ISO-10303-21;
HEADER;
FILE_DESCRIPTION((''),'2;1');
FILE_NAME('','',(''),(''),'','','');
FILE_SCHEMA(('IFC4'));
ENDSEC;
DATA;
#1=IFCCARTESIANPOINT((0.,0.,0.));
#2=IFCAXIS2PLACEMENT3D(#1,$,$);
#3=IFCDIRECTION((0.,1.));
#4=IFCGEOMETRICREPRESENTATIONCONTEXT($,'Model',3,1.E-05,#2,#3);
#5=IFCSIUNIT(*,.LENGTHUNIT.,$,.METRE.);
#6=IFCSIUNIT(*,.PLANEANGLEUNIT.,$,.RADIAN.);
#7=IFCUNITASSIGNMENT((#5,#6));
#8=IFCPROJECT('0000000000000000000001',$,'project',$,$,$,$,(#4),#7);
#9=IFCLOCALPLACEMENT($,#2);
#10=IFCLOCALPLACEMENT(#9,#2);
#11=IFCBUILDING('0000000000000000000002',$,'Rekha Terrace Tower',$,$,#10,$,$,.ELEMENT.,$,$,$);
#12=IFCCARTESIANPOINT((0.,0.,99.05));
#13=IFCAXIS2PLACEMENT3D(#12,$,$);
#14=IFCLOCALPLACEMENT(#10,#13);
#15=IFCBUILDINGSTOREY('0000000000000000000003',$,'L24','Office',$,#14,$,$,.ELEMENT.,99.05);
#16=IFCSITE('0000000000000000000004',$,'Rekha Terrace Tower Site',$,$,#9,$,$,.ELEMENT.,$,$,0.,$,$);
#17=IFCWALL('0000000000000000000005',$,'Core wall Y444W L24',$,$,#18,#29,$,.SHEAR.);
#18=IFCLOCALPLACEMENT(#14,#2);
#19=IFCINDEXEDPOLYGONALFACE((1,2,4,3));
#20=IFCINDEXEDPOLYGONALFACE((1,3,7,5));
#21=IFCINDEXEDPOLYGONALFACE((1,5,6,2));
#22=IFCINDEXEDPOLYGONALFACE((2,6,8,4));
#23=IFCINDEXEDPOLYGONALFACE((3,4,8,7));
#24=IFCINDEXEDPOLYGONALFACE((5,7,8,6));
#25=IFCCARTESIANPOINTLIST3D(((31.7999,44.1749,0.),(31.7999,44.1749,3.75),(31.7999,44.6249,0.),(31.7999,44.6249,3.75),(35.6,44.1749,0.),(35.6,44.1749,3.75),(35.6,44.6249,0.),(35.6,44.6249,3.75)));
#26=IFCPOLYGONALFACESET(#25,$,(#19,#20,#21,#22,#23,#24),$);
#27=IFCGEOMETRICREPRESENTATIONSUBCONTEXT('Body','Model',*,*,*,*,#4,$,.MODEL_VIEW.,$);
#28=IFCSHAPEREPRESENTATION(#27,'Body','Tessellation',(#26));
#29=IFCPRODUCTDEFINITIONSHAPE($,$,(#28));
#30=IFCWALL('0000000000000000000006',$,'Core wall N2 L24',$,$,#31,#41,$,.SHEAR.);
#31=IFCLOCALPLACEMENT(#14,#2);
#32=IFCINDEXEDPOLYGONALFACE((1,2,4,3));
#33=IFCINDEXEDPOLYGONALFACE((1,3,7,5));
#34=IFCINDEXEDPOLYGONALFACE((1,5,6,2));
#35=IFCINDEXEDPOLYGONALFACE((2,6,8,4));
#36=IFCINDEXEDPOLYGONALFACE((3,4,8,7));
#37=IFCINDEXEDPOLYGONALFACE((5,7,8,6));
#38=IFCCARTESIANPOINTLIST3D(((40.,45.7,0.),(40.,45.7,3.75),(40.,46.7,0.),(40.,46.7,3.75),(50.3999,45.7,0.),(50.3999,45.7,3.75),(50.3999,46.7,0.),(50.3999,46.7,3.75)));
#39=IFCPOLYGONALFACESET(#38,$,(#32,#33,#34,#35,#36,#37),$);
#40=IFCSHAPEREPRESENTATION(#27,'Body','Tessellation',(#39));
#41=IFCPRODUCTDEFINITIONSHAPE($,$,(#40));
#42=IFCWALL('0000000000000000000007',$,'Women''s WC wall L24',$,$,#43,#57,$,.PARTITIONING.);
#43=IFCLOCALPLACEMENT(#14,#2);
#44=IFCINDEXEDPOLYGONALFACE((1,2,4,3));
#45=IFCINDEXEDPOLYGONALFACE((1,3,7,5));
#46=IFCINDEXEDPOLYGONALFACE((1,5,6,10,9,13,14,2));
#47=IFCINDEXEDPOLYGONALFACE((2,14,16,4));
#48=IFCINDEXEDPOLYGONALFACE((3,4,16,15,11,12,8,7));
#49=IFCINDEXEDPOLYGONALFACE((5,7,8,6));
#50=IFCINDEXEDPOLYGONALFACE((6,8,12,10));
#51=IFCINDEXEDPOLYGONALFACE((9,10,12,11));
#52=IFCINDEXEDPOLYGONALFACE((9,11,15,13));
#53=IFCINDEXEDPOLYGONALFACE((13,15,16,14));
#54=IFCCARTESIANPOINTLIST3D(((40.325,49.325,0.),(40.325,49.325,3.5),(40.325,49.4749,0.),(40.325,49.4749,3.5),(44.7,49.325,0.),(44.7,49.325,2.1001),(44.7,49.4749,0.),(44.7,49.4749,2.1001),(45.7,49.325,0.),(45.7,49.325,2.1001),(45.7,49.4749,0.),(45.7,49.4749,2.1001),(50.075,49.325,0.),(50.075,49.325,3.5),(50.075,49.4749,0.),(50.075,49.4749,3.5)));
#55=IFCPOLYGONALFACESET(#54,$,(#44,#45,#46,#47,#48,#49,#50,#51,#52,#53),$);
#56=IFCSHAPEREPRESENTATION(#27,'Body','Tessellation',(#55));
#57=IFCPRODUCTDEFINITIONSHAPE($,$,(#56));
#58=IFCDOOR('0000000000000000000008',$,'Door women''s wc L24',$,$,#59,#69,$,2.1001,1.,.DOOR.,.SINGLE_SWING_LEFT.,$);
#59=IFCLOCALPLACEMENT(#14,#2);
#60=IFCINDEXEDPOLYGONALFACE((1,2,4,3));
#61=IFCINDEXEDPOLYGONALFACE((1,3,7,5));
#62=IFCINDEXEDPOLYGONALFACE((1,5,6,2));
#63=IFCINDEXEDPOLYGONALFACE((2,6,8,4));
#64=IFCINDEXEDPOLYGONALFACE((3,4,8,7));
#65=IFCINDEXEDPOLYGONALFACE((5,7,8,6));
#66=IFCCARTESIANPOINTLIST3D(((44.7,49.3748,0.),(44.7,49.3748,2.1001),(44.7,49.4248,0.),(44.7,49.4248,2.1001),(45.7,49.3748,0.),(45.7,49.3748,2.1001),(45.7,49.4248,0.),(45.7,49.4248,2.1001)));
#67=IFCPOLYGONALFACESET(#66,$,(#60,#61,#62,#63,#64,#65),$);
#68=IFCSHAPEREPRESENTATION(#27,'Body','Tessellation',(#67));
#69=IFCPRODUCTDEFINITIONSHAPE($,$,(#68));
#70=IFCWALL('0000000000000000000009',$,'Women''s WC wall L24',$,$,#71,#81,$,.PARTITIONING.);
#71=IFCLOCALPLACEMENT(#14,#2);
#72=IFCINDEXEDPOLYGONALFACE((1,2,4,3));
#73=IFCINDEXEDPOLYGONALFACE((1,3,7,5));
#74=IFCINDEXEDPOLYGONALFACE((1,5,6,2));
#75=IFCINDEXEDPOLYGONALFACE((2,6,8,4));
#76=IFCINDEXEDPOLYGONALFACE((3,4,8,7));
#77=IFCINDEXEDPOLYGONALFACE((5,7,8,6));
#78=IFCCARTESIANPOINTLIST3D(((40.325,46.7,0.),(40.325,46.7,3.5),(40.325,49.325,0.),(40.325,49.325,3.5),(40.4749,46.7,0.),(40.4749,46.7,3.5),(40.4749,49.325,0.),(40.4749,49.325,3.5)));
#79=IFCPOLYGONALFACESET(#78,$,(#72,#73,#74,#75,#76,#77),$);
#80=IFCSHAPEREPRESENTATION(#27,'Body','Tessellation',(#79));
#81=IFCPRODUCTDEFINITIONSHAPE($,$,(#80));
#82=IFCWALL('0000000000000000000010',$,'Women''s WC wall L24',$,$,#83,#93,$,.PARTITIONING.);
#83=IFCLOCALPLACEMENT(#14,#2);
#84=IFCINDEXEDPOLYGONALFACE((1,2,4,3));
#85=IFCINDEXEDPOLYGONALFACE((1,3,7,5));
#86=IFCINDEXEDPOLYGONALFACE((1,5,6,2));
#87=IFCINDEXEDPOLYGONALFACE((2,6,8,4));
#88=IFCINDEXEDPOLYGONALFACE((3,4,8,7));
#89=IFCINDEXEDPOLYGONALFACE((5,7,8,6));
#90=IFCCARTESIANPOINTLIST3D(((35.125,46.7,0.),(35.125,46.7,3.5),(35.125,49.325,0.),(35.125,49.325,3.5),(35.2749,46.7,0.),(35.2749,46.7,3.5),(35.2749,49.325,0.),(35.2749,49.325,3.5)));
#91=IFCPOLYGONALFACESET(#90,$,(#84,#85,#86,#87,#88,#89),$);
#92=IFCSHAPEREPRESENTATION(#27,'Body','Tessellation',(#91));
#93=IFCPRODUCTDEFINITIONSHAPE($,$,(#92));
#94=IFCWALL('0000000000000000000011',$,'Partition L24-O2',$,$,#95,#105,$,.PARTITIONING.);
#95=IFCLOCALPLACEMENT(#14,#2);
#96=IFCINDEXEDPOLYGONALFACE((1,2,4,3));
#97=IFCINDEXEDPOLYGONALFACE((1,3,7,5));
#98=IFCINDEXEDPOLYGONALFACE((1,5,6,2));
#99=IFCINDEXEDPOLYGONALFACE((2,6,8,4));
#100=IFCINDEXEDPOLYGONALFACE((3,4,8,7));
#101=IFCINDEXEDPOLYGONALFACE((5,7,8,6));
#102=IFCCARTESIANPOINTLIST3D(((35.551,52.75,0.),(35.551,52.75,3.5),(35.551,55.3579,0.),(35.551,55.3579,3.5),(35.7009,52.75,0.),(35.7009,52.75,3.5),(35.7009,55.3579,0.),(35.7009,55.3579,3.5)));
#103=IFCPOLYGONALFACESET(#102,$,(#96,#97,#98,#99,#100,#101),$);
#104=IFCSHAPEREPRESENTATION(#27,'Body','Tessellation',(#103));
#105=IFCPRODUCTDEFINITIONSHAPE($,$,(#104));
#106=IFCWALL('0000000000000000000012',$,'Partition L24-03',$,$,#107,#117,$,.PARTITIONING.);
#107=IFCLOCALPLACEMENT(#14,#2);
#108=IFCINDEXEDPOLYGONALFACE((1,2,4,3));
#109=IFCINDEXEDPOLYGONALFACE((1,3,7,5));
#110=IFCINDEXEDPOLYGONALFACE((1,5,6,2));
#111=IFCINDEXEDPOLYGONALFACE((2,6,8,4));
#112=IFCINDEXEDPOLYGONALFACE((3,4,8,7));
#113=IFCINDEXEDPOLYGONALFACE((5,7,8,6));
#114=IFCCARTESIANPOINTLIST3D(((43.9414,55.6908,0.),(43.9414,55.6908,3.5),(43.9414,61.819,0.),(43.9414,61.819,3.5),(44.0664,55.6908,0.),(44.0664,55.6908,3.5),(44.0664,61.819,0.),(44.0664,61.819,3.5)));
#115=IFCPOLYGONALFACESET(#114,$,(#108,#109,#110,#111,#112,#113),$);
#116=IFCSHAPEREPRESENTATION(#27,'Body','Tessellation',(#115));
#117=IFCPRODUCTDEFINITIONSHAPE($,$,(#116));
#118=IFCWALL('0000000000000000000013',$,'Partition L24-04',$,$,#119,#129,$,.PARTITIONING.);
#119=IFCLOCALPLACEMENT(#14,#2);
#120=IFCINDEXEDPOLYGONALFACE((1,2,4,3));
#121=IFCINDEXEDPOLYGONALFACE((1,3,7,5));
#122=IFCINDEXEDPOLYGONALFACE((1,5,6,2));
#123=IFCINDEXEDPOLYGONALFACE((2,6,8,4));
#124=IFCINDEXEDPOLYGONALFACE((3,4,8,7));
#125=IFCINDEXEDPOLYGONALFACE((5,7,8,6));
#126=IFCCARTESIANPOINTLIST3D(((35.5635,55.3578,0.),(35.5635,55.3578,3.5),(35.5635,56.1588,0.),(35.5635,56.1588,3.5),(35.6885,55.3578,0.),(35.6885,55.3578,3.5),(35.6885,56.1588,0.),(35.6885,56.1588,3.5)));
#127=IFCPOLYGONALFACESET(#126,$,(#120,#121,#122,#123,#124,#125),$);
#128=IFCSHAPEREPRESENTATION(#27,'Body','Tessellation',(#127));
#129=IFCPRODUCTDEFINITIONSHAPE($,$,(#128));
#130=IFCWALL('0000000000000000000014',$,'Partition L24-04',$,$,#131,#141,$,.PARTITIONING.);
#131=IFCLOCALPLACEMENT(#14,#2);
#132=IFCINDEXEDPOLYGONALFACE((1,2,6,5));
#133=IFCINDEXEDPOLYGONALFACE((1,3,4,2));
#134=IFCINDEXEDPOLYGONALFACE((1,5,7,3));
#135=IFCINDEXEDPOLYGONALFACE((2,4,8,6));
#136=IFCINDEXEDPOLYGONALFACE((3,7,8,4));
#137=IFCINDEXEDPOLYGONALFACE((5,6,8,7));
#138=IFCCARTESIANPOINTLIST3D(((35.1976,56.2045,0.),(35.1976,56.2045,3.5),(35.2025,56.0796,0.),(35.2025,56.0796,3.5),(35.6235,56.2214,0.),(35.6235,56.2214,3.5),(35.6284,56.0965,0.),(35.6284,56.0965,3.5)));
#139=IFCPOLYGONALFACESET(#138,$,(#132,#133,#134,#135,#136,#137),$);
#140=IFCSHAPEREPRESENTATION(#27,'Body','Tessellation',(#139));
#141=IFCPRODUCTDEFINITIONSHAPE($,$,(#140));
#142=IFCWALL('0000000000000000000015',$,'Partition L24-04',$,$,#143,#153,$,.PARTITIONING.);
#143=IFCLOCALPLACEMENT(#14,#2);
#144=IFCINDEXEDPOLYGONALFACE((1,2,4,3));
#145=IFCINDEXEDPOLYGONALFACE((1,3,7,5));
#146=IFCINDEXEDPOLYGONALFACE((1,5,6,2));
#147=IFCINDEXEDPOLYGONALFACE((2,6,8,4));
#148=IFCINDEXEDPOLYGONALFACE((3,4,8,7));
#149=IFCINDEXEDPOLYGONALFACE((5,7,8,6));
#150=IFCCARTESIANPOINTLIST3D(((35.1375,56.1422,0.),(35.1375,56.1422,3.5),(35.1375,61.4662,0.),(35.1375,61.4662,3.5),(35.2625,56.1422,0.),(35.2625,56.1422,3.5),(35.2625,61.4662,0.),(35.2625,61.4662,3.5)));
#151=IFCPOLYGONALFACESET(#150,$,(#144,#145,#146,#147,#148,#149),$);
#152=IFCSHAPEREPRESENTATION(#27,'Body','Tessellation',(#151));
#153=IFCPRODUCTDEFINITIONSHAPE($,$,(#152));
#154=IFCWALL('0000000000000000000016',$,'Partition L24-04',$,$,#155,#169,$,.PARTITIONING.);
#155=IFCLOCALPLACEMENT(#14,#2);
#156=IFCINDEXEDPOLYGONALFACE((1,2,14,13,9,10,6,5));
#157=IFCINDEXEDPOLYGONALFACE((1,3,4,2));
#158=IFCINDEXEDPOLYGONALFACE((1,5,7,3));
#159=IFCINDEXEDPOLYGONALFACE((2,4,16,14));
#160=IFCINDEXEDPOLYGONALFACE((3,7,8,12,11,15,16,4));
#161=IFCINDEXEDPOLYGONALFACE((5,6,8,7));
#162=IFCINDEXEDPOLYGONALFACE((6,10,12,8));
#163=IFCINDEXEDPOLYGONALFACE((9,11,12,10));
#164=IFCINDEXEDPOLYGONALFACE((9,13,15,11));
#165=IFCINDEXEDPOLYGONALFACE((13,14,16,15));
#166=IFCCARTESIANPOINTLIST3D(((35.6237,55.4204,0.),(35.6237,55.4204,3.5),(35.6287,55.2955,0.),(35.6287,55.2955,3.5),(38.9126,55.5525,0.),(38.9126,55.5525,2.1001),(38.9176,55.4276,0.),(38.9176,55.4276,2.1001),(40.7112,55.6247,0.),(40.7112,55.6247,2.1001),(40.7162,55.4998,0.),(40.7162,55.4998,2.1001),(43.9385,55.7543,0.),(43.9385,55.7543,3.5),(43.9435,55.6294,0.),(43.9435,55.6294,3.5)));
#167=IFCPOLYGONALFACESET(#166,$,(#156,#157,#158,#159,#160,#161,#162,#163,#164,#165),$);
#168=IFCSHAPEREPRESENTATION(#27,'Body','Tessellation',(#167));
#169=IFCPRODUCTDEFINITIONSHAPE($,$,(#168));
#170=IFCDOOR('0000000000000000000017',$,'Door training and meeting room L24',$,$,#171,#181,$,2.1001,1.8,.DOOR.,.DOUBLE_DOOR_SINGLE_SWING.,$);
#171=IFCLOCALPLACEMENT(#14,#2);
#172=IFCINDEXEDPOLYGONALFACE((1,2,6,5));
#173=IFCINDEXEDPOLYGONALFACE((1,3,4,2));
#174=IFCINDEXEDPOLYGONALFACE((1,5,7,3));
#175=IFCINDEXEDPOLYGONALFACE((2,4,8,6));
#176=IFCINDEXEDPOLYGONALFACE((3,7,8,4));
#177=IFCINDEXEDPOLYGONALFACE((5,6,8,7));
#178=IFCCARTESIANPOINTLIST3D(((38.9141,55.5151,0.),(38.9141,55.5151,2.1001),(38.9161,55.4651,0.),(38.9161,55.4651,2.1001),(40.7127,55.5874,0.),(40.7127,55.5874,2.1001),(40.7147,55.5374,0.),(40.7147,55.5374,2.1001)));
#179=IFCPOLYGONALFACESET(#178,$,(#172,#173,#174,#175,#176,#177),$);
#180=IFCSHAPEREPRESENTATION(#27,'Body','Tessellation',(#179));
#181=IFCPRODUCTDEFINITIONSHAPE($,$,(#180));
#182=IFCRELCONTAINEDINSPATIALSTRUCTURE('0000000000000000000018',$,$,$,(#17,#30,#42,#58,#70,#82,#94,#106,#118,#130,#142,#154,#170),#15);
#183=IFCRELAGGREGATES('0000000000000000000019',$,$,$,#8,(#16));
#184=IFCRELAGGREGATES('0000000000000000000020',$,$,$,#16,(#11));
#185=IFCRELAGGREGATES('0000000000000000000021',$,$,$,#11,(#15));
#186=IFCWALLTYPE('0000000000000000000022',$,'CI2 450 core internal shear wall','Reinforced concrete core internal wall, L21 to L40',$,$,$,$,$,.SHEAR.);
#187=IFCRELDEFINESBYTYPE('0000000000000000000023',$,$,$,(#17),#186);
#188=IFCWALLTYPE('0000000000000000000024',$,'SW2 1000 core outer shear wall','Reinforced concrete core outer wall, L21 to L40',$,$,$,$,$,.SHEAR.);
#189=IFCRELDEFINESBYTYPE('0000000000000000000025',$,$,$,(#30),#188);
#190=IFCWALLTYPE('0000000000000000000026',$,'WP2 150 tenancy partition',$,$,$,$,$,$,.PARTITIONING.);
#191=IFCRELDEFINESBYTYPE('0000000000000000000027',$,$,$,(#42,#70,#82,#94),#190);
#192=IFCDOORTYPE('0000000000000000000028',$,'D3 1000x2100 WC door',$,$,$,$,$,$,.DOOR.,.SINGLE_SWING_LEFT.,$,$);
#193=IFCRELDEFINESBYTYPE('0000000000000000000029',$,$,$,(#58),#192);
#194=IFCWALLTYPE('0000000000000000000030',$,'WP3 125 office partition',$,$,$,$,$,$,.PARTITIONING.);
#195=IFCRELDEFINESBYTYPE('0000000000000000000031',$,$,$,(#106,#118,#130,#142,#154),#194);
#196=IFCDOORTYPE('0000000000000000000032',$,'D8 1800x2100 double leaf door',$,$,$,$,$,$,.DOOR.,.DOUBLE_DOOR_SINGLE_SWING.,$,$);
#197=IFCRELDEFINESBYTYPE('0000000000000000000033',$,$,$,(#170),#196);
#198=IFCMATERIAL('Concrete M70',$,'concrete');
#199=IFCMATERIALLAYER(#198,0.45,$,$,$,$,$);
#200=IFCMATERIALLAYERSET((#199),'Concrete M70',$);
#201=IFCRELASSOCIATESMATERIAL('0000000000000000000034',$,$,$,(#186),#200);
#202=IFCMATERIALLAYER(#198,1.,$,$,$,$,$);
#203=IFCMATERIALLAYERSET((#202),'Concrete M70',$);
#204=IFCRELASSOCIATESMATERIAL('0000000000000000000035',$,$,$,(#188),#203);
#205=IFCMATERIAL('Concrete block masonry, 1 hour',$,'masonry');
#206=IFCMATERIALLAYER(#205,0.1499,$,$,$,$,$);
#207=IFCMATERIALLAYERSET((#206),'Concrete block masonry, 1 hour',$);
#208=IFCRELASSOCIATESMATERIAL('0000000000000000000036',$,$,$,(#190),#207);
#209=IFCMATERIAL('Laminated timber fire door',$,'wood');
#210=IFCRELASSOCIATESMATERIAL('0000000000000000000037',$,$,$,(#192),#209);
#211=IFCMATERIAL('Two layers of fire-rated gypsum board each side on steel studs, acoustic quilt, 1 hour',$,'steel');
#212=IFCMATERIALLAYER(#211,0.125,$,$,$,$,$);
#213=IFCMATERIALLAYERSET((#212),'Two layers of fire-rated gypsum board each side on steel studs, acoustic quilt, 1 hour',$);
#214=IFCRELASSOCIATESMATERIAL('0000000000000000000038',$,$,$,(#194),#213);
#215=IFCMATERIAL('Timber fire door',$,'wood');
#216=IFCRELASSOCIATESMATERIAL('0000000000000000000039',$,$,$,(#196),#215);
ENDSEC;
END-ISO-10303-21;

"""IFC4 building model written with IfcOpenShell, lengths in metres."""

from ifc_helpers import new_model, si_unit, direction, frame, frame_2d, origin, place, context, subcontext, project, spatial, rectangle, extrude, material, layer, layer_set, type_object, element, fill, save


model = new_model("IFC4")

# Units and contexts
model_context = context("Model", 3, precision=1e-05, world=origin(), true_north=direction((0.0, 1.0)))
body_context = subcontext(model_context, "Body", "Model", "MODEL_VIEW")
ifc_project = project(units=[si_unit("LENGTHUNIT", "METRE"), si_unit("PLANEANGLEUNIT", "RADIAN")], contexts=[model_context])

# Site, building, storey
site_placement = place(None, origin())
site = spatial("IfcSite", under=ifc_project, at=site_placement, Name="Rekha Terrace Tower Site", CompositionType="ELEMENT", RefElevation=0.0)
building_placement = place(site_placement, origin())
building = spatial("IfcBuilding", under=site, at=building_placement, Name="Rekha Terrace Tower", CompositionType="ELEMENT")
storey_placement = place(building_placement, frame((0.0, 0.0, 99.05)))
storey = spatial("IfcBuildingStorey", under=building, at=storey_placement, Name="L24", Description="Office", CompositionType="ELEMENT", Elevation=99.05)

# Shared definitions
ifc_material_1 = material(Name="Concrete M70", Category="concrete")

# Walls
ifc_layer_1 = layer(ifc_material_1, 0.45)
ifc_layer_set_1 = layer_set([ifc_layer_1], Name="Concrete M70")
wall_type_1 = type_object("IfcWallType", Name="CI2 450 core internal shear wall", Description="Reinforced concrete core internal wall, L21 to L40", PredefinedType="SHEAR", material=ifc_layer_set_1)
wall_1_placement = place(storey_placement, frame((31.8, 44.3999, 0.0), z_axis=(0.0, 0.0, 1.0), x_axis=(1.0, 0.0, 0.0)))
element("IfcWall", 1, at=wall_1_placement, inside=storey, type_object=wall_type_1, Name="Core wall Y444W L24", PredefinedType="SHEAR", context=body_context, shape_type="SweptSolid", body=[
    extrude(rectangle(XDim=3.8, YDim=0.45, at=frame_2d((1.8999, 0.0))), origin(), (0.0, 0.0, 1.0), 3.75),
])
ifc_layer_2 = layer(ifc_material_1, 1.0)
ifc_layer_set_2 = layer_set([ifc_layer_2], Name="Concrete M70")
wall_type_2 = type_object("IfcWallType", Name="SW2 1000 core outer shear wall", Description="Reinforced concrete core outer wall, L21 to L40", PredefinedType="SHEAR", material=ifc_layer_set_2)
wall_2_placement = place(storey_placement, frame((40.0, 46.2, 0.0), z_axis=(0.0, 0.0, 1.0), x_axis=(1.0, 0.0, 0.0)))
element("IfcWall", 2, at=wall_2_placement, inside=storey, type_object=wall_type_2, Name="Core wall N2 L24", PredefinedType="SHEAR", context=body_context, shape_type="SweptSolid", body=[
    extrude(rectangle(XDim=10.3999, YDim=1.0, at=frame_2d((5.2, 0.0))), origin(), (0.0, 0.0, 1.0), 3.75),
])

# Wall, opening, door
ifc_material_2 = material(Name="Concrete block masonry, 1 hour", Category="masonry")
ifc_layer_3 = layer(ifc_material_2, 0.1499)
ifc_layer_set_3 = layer_set([ifc_layer_3], Name="Concrete block masonry, 1 hour")
wall_type_3 = type_object("IfcWallType", Name="WP2 150 tenancy partition", PredefinedType="PARTITIONING", material=ifc_layer_set_3)
wall_3_placement = place(storey_placement, frame((40.325, 49.3999, 0.0), z_axis=(0.0, 0.0, 1.0), x_axis=(1.0, 0.0, 0.0)))
wall_3 = element("IfcWall", 3, at=wall_3_placement, inside=storey, type_object=wall_type_3, Name="Women's WC wall L24", PredefinedType="PARTITIONING", context=body_context, shape_type="SweptSolid", body=[
    extrude(rectangle(XDim=9.75, YDim=0.1499, at=frame_2d((4.875, 0.0))), origin(), (0.0, 0.0, 1.0), 3.5),
])
opening_1_placement = place(wall_3_placement, frame((4.375, 0.0, 0.0)))
opening_1 = element("IfcOpeningElement", 4, at=opening_1_placement, cuts=wall_3, PredefinedType="OPENING", context=body_context, shape_type="SweptSolid", body=[
    extrude(rectangle(XDim=1.0, YDim=2.1001, at=frame_2d((0.5, 1.05))), frame((0.0, 0.085, 0.0), z_axis=(0.0, -1.0, 0.0), x_axis=(1.0, 0.0, 0.0)), (0.0, 0.0, 1.0), 0.1699),
])
ifc_material_3 = material(Name="Laminated timber fire door", Category="wood")
door_type_1 = type_object("IfcDoorType", Name="D3 1000x2100 WC door", OperationType="SINGLE_SWING_LEFT", PredefinedType="DOOR", material=ifc_material_3)
door_1_placement = place(opening_1_placement, origin())
door_1 = element("IfcDoor", 5, at=door_1_placement, inside=storey, type_object=door_type_1, Name="Door women's wc L24", OperationType="SINGLE_SWING_LEFT", OverallHeight=2.1001, OverallWidth=1.0, PredefinedType="DOOR", context=body_context, shape_type="SweptSolid", body=[
    extrude(rectangle(XDim=1.0, YDim=2.1001, at=frame_2d((0.5, 1.05))), frame((0.0, 0.0249, 0.0), z_axis=(0.0, -1.0, 0.0), x_axis=(1.0, 0.0, 0.0)), (0.0, 0.0, 1.0), 0.05),
])
fill(opening_1, door_1)

# Walls
for number, where, z_axis, x_axis, name in (
    (6, (40.3999, 46.7, 0.0), (0.0, 0.0, 1.0), (0.0, 1.0, 0.0), "Women's WC wall L24"),
    (7, (35.2, 46.7, 0.0), (0.0, 0.0, 1.0), (0.0, 1.0, 0.0), "Women's WC wall L24"),
):
    element("IfcWall", number, at=place(storey_placement, frame(where, z_axis=z_axis, x_axis=x_axis)), inside=storey, type_object=wall_type_3, Name=name, PredefinedType="PARTITIONING", context=body_context, shape_type="SweptSolid", body=[
        extrude(rectangle(XDim=2.625, YDim=0.1499, at=frame_2d((1.3125, 0.0))), origin(), (0.0, 0.0, 1.0), 3.5),
    ])
wall_4_placement = place(storey_placement, frame((35.626, 52.75, 0.0), z_axis=(0.0, 0.0, 1.0), x_axis=(0.0, 1.0, 0.0)))
element("IfcWall", 8, at=wall_4_placement, inside=storey, type_object=wall_type_3, Name="Partition L24-O2", PredefinedType="PARTITIONING", context=body_context, shape_type="SweptSolid", body=[
    extrude(rectangle(XDim=2.6079, YDim=0.1499, at=frame_2d((1.304, 0.0))), origin(), (0.0, 0.0, 1.0), 3.5),
])
ifc_material_4 = material(Name="Two layers of fire-rated gypsum board each side on steel studs, acoustic quilt, 1 hour", Category="steel")
ifc_layer_4 = layer(ifc_material_4, 0.125)
ifc_layer_set_4 = layer_set([ifc_layer_4], Name="Two layers of fire-rated gypsum board each side on steel studs, acoustic quilt, 1 hour")
wall_type_4 = type_object("IfcWallType", Name="WP3 125 office partition", PredefinedType="PARTITIONING", material=ifc_layer_set_4)
wall_5_placement = place(storey_placement, frame((44.0039, 55.6909, 0.0), z_axis=(0.0, 0.0, 1.0), x_axis=(0.0, 1.0, 0.0)))
element("IfcWall", 9, at=wall_5_placement, inside=storey, type_object=wall_type_4, Name="Partition L24-03", PredefinedType="PARTITIONING", context=body_context, shape_type="SweptSolid", body=[
    extrude(rectangle(XDim=6.1282, YDim=0.125, at=frame_2d((3.064, 0.0))), origin(), (0.0, 0.0, 1.0), 3.5),
])
wall_6_placement = place(storey_placement, frame((35.626, 55.3579, 0.0), z_axis=(0.0, 0.0, 1.0), x_axis=(0.0, 1.0, 0.0)))
element("IfcWall", 10, at=wall_6_placement, inside=storey, type_object=wall_type_4, Name="Partition L24-04", PredefinedType="PARTITIONING", context=body_context, shape_type="SweptSolid", body=[
    extrude(rectangle(XDim=0.801, YDim=0.125, at=frame_2d((0.4004, 0.0))), origin(), (0.0, 0.0, 1.0), 3.5),
])
wall_7_placement = place(storey_placement, frame((35.626, 56.1589, 0.0), z_axis=(0.0, 0.0, 1.0), x_axis=(-0.999219, -0.039511, 0.0)))
element("IfcWall", 11, at=wall_7_placement, inside=storey, type_object=wall_type_4, Name="Partition L24-04", PredefinedType="PARTITIONING", context=body_context, shape_type="SweptSolid", body=[
    extrude(rectangle(XDim=0.4263, YDim=0.125, at=frame_2d((0.2131, 0.0))), origin(), (0.0, 0.0, 1.0), 3.5),
])
wall_8_placement = place(storey_placement, frame((35.2, 56.1421, 0.0), z_axis=(0.0, 0.0, 1.0), x_axis=(0.0, 1.0, 0.0)))
element("IfcWall", 12, at=wall_8_placement, inside=storey, type_object=wall_type_4, Name="Partition L24-04", PredefinedType="PARTITIONING", context=body_context, shape_type="SweptSolid", body=[
    extrude(rectangle(XDim=5.324, YDim=0.125, at=frame_2d((2.6621, 0.0))), origin(), (0.0, 0.0, 1.0), 3.5),
])

# Wall, opening, door
wall_9_placement = place(storey_placement, frame((43.9409, 55.6919, 0.0), z_axis=(0.0, 0.0, 1.0), x_axis=(-0.999194, -0.040134, 0.0)))
wall_9 = element("IfcWall", 13, at=wall_9_placement, inside=storey, type_object=wall_type_4, Name="Partition L24-04", PredefinedType="PARTITIONING", context=body_context, shape_type="SweptSolid", body=[
    extrude(rectangle(XDim=8.3215, YDim=0.125, at=frame_2d((4.1606, 0.0))), origin(), (0.0, 0.0, 1.0), 3.5),
])
opening_2_placement = place(wall_9_placement, frame((3.23, 0.0, 0.0)))
opening_2 = element("IfcOpeningElement", 14, at=opening_2_placement, cuts=wall_9, PredefinedType="OPENING", context=body_context, shape_type="SweptSolid", body=[
    extrude(rectangle(XDim=1.8, YDim=2.1001, at=frame_2d((0.8999, 1.05))), frame((0.0, 0.0725, 0.0), z_axis=(0.0, -1.0, 0.0), x_axis=(1.0, 0.0, 0.0)), (0.0, 0.0, 1.0), 0.145),
])
ifc_material_5 = material(Name="Timber fire door", Category="wood")
door_type_2 = type_object("IfcDoorType", Name="D8 1800x2100 double leaf door", OperationType="DOUBLE_DOOR_SINGLE_SWING", PredefinedType="DOOR", material=ifc_material_5)
door_2_placement = place(opening_2_placement, origin())
door_2 = element("IfcDoor", 15, at=door_2_placement, inside=storey, type_object=door_type_2, Name="Door training and meeting room L24", OperationType="DOUBLE_DOOR_SINGLE_SWING", OverallHeight=2.1001, OverallWidth=1.8, PredefinedType="DOOR", context=body_context, shape_type="SweptSolid", body=[
    extrude(rectangle(XDim=1.8, YDim=2.1001, at=frame_2d((0.8999, 1.05))), frame((0.0, 0.0249, 0.0), z_axis=(0.0, -1.0, 0.0), x_axis=(1.0, 0.0, 0.0)), (0.0, 0.0, 1.0), 0.05),
])
fill(opening_2, door_2)

save(model, "model.ifc")
